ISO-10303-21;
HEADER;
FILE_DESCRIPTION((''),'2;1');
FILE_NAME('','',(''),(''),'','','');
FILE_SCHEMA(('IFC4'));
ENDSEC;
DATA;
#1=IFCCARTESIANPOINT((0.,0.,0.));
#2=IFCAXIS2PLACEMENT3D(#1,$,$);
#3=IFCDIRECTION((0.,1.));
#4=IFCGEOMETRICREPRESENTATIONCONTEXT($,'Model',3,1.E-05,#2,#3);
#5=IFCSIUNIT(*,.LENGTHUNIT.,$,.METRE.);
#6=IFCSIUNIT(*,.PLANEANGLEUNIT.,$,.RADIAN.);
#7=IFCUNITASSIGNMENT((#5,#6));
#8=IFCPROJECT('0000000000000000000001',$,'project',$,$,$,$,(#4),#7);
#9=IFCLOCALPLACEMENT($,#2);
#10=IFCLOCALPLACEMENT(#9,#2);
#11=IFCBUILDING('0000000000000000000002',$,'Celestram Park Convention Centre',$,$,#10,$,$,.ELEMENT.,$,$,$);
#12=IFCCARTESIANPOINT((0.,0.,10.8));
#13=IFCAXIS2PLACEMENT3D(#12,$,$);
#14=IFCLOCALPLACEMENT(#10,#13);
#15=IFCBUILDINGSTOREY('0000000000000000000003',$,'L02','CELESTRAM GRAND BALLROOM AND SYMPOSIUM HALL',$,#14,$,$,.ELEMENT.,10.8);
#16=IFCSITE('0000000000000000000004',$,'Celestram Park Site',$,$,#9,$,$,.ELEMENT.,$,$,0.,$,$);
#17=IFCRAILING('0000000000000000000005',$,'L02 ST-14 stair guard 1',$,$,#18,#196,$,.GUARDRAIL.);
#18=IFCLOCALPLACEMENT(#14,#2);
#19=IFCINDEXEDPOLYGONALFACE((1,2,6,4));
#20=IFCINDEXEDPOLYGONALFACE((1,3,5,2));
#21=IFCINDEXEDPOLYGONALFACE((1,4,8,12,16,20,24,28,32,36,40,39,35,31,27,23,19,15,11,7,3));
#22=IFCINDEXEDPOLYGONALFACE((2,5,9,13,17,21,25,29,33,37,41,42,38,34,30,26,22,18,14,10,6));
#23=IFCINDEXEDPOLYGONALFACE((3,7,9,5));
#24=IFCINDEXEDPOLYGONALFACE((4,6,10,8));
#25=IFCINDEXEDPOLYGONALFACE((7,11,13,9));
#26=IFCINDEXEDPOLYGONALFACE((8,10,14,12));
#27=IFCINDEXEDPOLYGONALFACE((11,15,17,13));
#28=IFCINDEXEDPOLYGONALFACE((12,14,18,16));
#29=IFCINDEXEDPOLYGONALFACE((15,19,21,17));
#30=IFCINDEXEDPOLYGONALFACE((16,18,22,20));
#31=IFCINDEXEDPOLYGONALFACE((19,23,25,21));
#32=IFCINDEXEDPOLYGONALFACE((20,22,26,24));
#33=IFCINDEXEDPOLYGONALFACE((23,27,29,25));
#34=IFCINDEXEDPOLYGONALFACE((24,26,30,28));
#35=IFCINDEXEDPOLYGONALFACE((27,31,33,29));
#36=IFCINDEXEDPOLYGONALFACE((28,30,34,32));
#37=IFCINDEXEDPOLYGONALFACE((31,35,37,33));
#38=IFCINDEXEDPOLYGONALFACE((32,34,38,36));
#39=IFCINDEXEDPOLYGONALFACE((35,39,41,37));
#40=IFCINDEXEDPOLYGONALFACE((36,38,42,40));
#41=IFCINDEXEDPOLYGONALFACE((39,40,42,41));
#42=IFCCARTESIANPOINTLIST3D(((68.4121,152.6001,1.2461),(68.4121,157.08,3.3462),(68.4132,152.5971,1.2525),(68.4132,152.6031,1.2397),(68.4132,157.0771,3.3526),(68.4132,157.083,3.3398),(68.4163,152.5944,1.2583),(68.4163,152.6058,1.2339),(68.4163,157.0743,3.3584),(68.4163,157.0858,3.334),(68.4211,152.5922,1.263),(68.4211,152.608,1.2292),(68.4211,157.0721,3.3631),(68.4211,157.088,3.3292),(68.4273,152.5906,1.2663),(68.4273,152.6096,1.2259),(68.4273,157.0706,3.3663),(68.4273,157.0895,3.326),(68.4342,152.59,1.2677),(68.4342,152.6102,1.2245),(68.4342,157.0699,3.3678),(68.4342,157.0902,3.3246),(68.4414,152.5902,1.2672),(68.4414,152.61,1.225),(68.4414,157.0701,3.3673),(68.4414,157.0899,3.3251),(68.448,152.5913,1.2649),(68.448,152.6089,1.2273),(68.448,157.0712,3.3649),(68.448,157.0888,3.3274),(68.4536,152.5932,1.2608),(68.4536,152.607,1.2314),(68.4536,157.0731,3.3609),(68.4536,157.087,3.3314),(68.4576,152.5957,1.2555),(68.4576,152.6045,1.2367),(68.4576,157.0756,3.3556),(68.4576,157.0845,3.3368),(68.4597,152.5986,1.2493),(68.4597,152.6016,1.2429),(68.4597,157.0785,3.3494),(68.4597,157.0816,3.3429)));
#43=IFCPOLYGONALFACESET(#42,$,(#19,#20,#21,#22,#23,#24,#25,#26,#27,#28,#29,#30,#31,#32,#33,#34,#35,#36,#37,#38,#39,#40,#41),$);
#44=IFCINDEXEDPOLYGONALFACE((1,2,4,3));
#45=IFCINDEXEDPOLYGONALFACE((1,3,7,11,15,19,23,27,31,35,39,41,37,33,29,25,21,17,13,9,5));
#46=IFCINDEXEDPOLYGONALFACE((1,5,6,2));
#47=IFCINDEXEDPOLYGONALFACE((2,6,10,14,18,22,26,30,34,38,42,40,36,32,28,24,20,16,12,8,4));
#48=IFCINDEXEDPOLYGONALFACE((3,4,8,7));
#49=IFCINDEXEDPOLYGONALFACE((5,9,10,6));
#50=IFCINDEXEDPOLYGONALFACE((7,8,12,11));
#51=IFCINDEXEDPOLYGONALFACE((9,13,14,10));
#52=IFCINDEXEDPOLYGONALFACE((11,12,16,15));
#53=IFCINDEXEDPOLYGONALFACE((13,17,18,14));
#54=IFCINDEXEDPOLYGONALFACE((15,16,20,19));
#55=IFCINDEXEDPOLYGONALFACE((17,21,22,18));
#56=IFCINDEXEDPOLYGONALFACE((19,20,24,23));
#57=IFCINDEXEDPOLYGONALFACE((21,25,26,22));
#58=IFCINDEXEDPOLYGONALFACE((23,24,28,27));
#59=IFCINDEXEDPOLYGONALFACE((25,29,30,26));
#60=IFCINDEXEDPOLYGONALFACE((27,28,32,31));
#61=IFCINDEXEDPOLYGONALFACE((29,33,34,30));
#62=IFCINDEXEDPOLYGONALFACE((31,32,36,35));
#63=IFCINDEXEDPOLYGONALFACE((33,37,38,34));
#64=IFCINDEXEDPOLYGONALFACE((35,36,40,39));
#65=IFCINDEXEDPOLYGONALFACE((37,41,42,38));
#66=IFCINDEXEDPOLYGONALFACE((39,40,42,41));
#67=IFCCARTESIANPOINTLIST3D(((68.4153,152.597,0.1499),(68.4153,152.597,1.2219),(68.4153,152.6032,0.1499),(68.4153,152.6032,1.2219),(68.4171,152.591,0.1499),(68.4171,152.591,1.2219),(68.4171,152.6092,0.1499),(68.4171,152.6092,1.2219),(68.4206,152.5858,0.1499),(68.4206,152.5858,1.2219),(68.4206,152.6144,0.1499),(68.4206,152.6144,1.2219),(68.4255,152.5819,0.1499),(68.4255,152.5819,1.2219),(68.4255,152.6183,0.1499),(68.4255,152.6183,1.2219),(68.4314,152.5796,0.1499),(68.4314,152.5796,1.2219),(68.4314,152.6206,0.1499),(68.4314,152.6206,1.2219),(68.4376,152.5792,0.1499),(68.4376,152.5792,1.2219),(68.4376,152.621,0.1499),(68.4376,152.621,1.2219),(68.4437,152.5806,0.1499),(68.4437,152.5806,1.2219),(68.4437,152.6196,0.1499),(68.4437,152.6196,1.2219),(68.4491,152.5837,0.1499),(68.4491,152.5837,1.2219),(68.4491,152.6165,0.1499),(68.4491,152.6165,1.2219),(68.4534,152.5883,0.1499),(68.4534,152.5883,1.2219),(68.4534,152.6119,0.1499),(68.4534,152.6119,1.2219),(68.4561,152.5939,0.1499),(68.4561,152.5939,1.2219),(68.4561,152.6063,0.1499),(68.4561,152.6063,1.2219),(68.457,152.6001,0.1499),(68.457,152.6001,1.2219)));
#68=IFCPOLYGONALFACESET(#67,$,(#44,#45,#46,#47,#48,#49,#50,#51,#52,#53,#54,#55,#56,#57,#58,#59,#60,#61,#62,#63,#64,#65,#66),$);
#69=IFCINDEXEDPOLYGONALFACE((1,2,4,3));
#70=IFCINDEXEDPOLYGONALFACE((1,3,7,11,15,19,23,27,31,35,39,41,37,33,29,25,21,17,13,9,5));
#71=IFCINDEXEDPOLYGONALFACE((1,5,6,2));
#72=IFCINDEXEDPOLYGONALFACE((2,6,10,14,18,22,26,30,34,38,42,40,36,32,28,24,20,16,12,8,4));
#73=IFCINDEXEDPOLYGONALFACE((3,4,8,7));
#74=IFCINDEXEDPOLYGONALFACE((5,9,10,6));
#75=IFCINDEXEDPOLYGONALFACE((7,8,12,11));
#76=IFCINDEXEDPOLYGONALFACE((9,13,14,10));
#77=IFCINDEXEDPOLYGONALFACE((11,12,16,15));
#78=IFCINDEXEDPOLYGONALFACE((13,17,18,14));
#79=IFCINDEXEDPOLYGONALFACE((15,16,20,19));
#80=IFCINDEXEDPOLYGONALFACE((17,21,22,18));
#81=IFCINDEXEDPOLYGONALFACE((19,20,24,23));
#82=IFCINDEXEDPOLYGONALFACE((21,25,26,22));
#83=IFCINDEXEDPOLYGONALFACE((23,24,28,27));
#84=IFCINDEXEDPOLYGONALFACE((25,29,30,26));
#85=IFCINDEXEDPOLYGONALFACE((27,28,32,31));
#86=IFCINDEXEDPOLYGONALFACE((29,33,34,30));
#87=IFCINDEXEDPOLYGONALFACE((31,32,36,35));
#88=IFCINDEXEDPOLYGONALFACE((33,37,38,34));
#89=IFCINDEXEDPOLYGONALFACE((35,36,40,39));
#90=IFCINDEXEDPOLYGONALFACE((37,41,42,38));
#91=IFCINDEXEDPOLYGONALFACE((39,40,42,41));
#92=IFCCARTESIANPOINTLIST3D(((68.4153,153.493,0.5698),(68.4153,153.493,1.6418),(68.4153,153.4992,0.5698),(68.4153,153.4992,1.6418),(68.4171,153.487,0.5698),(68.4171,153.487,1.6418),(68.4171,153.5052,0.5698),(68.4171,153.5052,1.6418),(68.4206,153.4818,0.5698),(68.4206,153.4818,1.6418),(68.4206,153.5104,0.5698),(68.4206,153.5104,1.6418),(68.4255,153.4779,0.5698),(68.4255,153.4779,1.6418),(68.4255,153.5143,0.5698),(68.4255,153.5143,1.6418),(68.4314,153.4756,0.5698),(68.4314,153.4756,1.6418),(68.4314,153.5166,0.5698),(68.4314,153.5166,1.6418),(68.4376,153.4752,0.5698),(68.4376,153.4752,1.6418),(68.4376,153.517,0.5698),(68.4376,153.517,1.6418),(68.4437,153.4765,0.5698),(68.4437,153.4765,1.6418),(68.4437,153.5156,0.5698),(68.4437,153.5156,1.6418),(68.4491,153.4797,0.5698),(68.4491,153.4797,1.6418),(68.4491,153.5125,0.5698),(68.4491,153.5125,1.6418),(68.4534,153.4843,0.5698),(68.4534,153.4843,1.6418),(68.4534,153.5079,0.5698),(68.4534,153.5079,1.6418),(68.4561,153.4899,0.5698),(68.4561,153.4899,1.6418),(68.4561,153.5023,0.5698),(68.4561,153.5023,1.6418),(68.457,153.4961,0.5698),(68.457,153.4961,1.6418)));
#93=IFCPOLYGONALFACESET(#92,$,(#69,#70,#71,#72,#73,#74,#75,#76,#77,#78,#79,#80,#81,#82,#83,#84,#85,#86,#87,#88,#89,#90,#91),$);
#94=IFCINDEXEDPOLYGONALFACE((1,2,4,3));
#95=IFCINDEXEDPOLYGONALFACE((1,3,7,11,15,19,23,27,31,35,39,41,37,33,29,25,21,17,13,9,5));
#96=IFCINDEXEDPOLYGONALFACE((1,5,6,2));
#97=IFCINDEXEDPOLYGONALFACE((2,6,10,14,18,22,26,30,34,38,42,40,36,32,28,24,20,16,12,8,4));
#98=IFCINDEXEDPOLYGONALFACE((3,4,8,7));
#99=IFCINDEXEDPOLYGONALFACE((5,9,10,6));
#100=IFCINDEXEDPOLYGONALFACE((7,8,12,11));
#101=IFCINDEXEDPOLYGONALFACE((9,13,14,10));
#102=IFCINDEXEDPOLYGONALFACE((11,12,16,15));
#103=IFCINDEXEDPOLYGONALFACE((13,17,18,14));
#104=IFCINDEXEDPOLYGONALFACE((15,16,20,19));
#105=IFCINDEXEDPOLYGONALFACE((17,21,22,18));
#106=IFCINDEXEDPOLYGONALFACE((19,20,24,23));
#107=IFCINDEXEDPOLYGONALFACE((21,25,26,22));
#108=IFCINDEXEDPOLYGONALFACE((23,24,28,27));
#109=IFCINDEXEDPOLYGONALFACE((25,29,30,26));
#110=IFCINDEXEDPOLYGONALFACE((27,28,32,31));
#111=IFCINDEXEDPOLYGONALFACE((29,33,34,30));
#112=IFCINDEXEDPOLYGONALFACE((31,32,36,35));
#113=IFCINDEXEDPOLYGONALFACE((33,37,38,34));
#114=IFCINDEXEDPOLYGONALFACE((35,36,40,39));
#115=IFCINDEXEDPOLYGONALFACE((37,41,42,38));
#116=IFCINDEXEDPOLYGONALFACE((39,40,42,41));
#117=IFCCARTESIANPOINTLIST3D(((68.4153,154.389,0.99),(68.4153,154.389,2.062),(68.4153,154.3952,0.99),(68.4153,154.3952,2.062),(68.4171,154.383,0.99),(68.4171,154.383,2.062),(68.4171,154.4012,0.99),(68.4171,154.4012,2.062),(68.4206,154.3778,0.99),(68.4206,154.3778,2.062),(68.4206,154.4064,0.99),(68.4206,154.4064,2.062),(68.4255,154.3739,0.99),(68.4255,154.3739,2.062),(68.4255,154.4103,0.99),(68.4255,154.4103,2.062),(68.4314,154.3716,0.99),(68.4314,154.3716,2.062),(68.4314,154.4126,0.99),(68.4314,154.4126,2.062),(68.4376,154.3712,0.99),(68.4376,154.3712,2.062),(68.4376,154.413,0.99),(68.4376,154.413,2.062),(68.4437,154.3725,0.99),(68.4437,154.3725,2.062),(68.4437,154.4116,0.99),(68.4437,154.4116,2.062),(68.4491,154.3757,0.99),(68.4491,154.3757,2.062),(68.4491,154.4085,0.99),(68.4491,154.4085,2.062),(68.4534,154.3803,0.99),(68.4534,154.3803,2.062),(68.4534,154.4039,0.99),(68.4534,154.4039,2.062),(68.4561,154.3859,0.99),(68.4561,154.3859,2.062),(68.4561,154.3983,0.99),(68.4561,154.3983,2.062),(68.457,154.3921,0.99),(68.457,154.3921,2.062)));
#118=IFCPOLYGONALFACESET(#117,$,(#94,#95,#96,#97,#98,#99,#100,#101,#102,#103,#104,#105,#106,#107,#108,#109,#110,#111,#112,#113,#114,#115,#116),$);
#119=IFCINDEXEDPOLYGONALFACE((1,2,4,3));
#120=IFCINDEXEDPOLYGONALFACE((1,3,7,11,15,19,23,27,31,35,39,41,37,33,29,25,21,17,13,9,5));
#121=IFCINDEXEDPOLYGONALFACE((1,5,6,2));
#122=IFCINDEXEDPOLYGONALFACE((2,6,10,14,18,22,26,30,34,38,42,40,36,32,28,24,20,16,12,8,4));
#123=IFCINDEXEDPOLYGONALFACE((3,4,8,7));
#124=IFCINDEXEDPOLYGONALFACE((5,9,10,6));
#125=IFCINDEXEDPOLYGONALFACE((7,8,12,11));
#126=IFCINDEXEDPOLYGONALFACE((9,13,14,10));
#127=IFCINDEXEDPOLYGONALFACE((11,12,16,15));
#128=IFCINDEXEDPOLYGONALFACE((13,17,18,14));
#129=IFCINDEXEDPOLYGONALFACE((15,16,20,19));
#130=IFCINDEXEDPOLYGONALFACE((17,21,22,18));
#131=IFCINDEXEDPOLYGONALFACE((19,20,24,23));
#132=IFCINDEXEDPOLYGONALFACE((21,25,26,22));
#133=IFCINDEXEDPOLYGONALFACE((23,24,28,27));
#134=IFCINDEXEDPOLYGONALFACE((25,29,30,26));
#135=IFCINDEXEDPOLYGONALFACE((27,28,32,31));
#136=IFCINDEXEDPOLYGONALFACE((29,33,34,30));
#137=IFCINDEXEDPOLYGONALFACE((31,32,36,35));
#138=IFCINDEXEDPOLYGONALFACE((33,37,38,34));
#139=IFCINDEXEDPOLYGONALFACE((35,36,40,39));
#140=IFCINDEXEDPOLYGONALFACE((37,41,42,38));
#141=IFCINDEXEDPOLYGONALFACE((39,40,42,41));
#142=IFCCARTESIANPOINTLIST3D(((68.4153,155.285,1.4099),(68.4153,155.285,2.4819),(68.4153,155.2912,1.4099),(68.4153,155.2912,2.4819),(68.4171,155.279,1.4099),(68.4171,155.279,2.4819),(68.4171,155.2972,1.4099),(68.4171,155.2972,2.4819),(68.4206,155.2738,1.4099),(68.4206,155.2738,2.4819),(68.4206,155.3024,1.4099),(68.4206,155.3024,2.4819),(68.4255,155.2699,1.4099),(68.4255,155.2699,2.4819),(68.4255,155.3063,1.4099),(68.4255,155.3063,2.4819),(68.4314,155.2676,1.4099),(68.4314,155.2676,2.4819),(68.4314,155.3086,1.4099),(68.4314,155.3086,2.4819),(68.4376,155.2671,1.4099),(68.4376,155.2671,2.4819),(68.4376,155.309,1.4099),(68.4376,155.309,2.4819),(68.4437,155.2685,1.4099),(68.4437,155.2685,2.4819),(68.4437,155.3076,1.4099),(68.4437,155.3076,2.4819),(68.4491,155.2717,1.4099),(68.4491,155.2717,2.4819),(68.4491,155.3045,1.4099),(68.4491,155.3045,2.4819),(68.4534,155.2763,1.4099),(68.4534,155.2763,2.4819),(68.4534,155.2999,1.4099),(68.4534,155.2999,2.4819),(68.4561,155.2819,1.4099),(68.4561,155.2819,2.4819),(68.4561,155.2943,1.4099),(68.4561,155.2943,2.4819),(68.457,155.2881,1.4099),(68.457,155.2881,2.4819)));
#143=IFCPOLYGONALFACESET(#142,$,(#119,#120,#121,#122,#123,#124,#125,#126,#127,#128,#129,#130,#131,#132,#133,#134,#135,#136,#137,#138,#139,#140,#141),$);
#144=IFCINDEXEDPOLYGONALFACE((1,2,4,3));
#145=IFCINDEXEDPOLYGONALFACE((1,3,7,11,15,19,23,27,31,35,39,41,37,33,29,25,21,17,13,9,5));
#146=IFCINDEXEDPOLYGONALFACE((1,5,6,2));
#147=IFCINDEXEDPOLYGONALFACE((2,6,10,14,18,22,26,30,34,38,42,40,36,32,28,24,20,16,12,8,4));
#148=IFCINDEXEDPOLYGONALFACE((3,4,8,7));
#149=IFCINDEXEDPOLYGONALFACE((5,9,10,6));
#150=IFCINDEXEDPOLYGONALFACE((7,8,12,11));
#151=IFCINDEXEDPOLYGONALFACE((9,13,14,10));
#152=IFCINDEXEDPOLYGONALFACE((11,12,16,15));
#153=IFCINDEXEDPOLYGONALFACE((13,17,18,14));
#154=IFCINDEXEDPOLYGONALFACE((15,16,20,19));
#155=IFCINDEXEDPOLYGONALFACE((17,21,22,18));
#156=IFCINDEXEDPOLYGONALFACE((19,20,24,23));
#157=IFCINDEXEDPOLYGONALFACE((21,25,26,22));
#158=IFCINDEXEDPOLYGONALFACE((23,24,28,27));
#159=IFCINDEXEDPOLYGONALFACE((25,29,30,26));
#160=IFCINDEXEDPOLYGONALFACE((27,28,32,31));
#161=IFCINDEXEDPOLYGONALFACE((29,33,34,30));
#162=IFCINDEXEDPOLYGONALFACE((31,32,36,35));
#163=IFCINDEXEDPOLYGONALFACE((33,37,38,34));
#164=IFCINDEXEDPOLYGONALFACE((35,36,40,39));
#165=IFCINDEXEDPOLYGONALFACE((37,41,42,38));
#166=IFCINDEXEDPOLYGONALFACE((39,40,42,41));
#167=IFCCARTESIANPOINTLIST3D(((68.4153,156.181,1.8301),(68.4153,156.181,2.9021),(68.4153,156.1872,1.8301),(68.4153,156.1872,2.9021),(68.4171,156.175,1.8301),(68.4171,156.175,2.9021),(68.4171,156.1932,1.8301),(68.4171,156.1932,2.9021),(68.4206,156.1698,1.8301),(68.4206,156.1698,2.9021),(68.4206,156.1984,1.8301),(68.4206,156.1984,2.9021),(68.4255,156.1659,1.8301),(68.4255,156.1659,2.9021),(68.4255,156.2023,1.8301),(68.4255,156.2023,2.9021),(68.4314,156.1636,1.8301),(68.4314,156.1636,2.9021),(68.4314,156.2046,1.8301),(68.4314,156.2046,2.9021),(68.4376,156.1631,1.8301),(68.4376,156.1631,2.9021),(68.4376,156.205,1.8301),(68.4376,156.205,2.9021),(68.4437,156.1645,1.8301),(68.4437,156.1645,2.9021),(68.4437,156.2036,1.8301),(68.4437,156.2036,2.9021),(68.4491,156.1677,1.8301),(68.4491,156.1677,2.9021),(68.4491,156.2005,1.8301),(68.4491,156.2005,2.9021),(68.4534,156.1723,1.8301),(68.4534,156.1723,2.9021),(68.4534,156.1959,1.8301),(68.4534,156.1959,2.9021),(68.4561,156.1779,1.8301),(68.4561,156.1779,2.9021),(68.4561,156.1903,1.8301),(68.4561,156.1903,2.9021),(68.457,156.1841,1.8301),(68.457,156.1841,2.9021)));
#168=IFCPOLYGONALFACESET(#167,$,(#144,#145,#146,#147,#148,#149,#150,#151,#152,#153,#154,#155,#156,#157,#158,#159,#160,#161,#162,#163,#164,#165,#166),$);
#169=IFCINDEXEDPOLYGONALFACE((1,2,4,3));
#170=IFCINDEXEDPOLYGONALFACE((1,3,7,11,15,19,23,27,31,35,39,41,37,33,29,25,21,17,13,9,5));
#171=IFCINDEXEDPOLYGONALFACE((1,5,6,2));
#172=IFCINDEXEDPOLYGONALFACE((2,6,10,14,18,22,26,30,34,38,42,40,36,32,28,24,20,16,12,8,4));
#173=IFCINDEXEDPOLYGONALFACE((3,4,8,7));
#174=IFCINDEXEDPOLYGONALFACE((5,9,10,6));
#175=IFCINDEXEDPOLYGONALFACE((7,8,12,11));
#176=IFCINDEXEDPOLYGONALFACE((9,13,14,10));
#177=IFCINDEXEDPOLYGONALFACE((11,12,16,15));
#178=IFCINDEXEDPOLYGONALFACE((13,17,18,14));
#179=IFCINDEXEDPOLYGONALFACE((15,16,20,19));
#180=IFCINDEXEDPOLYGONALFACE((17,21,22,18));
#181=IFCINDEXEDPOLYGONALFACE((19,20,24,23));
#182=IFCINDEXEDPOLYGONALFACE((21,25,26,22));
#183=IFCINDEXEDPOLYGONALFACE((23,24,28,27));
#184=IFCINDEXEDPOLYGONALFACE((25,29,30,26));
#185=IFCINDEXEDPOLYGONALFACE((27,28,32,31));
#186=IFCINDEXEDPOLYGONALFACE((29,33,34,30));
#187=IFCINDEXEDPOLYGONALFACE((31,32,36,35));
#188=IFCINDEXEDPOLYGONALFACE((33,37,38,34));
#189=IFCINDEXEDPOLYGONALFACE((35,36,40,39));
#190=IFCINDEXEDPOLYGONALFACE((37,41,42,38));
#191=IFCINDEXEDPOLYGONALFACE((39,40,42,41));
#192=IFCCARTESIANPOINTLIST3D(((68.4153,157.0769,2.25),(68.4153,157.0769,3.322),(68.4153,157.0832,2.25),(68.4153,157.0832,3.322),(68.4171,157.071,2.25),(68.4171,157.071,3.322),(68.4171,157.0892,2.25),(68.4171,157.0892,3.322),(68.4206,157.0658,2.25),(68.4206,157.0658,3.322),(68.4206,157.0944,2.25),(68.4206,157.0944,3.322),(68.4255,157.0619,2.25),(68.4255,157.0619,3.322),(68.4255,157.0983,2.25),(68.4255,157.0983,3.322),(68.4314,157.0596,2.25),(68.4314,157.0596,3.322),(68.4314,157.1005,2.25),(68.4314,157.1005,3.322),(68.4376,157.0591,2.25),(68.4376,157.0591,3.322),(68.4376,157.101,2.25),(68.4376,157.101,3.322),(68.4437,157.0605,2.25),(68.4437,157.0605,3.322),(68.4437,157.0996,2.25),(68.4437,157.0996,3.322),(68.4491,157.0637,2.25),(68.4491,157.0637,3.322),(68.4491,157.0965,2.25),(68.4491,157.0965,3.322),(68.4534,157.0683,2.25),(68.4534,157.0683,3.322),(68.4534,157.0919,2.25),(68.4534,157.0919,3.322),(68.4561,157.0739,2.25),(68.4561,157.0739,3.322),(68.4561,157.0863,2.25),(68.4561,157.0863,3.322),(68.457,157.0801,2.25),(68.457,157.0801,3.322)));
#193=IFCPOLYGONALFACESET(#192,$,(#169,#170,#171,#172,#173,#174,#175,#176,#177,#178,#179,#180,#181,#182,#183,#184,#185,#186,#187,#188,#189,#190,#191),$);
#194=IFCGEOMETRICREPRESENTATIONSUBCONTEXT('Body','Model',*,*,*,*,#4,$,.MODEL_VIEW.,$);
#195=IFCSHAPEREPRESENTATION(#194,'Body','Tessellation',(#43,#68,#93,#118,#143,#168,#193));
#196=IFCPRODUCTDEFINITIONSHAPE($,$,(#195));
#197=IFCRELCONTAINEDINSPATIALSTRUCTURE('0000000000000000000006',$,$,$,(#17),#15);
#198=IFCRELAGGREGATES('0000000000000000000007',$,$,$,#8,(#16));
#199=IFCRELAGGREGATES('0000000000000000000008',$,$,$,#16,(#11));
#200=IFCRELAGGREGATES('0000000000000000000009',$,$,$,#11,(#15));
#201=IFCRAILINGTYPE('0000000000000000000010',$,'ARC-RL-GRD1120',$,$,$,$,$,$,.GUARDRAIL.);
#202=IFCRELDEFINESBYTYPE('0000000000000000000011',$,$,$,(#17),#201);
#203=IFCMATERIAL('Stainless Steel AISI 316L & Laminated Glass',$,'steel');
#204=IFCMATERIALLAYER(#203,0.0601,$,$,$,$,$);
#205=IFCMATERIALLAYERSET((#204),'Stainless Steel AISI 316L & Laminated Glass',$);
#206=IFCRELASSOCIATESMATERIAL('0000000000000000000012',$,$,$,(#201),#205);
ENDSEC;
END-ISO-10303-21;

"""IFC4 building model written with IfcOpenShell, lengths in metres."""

from ifc_helpers import new_model, si_unit, direction, frame, origin, origin_2d, place, context, subcontext, project, spatial, circle, extrude, material, layer, layer_set, type_object, element, save


model = new_model("IFC4")

# Units and contexts
model_context = context("Model", 3, precision=1e-05, world=origin(), true_north=direction((0.0, 1.0)))
body_context = subcontext(model_context, "Body", "Model", "MODEL_VIEW")
ifc_project = project(units=[si_unit("LENGTHUNIT", "METRE"), si_unit("PLANEANGLEUNIT", "RADIAN")], contexts=[model_context])

# Site, building, storey
site_placement = place(None, origin())
site = spatial("IfcSite", under=ifc_project, at=site_placement, Name="Celestram Park Site", CompositionType="ELEMENT", RefElevation=0.0)
building_placement = place(site_placement, origin())
building = spatial("IfcBuilding", under=site, at=building_placement, Name="Celestram Park Convention Centre", CompositionType="ELEMENT")
storey_placement = place(building_placement, frame((0.0, 0.0, 10.8)))
storey = spatial("IfcBuildingStorey", under=building, at=storey_placement, Name="L02", Description="CELESTRAM GRAND BALLROOM AND SYMPOSIUM HALL", CompositionType="ELEMENT", Elevation=10.8)

# Railing
ifc_material_1 = material(Name="Stainless Steel AISI 316L & Laminated Glass", Category="steel")
ifc_layer_1 = layer(ifc_material_1, 0.0601)
ifc_layer_set_1 = layer_set([ifc_layer_1], Name="Stainless Steel AISI 316L & Laminated Glass")
railing_type_1 = type_object("IfcRailingType", Name="ARC-RL-GRD1120", PredefinedType="GUARDRAIL", material=ifc_layer_set_1)
railing_1_placement = place(storey_placement, frame((68.436, 152.6001, 0.1499)))
element("IfcRailing", 1, at=railing_1_placement, inside=storey, type_object=railing_type_1, Name="L02 ST-14 stair guard 1", PredefinedType="GUARDRAIL", context=body_context, shape_type="SweptSolid", body=[
    extrude(circle(Radius=0.0239, at=origin_2d()), frame((0.0, 0.0, 1.0962), z_axis=(0.0, 0.905451, 0.424452), x_axis=(-1.0, 0.0, 0.0)), (0.0, 0.0, 1.0), 4.9478),
    extrude(circle(Radius=0.021, at=origin_2d()), origin(), (0.0, 0.0, 1.0), 1.072),
    extrude(circle(Radius=0.021, at=origin_2d()), frame((0.0, 0.896, 0.4199)), (0.0, 0.0, 1.0), 1.072),
    extrude(circle(Radius=0.021, at=origin_2d()), frame((0.0, 1.792, 0.8401)), (0.0, 0.0, 1.0), 1.072),
    extrude(circle(Radius=0.021, at=origin_2d()), frame((0.0, 2.688, 1.26)), (0.0, 0.0, 1.0), 1.072),
    extrude(circle(Radius=0.021, at=origin_2d()), frame((0.0, 3.584, 1.6802)), (0.0, 0.0, 1.0), 1.072),
    extrude(circle(Radius=0.021, at=origin_2d()), frame((0.0, 4.48, 2.1001)), (0.0, 0.0, 1.0), 1.072),
])

save(model, "model.ifc")
